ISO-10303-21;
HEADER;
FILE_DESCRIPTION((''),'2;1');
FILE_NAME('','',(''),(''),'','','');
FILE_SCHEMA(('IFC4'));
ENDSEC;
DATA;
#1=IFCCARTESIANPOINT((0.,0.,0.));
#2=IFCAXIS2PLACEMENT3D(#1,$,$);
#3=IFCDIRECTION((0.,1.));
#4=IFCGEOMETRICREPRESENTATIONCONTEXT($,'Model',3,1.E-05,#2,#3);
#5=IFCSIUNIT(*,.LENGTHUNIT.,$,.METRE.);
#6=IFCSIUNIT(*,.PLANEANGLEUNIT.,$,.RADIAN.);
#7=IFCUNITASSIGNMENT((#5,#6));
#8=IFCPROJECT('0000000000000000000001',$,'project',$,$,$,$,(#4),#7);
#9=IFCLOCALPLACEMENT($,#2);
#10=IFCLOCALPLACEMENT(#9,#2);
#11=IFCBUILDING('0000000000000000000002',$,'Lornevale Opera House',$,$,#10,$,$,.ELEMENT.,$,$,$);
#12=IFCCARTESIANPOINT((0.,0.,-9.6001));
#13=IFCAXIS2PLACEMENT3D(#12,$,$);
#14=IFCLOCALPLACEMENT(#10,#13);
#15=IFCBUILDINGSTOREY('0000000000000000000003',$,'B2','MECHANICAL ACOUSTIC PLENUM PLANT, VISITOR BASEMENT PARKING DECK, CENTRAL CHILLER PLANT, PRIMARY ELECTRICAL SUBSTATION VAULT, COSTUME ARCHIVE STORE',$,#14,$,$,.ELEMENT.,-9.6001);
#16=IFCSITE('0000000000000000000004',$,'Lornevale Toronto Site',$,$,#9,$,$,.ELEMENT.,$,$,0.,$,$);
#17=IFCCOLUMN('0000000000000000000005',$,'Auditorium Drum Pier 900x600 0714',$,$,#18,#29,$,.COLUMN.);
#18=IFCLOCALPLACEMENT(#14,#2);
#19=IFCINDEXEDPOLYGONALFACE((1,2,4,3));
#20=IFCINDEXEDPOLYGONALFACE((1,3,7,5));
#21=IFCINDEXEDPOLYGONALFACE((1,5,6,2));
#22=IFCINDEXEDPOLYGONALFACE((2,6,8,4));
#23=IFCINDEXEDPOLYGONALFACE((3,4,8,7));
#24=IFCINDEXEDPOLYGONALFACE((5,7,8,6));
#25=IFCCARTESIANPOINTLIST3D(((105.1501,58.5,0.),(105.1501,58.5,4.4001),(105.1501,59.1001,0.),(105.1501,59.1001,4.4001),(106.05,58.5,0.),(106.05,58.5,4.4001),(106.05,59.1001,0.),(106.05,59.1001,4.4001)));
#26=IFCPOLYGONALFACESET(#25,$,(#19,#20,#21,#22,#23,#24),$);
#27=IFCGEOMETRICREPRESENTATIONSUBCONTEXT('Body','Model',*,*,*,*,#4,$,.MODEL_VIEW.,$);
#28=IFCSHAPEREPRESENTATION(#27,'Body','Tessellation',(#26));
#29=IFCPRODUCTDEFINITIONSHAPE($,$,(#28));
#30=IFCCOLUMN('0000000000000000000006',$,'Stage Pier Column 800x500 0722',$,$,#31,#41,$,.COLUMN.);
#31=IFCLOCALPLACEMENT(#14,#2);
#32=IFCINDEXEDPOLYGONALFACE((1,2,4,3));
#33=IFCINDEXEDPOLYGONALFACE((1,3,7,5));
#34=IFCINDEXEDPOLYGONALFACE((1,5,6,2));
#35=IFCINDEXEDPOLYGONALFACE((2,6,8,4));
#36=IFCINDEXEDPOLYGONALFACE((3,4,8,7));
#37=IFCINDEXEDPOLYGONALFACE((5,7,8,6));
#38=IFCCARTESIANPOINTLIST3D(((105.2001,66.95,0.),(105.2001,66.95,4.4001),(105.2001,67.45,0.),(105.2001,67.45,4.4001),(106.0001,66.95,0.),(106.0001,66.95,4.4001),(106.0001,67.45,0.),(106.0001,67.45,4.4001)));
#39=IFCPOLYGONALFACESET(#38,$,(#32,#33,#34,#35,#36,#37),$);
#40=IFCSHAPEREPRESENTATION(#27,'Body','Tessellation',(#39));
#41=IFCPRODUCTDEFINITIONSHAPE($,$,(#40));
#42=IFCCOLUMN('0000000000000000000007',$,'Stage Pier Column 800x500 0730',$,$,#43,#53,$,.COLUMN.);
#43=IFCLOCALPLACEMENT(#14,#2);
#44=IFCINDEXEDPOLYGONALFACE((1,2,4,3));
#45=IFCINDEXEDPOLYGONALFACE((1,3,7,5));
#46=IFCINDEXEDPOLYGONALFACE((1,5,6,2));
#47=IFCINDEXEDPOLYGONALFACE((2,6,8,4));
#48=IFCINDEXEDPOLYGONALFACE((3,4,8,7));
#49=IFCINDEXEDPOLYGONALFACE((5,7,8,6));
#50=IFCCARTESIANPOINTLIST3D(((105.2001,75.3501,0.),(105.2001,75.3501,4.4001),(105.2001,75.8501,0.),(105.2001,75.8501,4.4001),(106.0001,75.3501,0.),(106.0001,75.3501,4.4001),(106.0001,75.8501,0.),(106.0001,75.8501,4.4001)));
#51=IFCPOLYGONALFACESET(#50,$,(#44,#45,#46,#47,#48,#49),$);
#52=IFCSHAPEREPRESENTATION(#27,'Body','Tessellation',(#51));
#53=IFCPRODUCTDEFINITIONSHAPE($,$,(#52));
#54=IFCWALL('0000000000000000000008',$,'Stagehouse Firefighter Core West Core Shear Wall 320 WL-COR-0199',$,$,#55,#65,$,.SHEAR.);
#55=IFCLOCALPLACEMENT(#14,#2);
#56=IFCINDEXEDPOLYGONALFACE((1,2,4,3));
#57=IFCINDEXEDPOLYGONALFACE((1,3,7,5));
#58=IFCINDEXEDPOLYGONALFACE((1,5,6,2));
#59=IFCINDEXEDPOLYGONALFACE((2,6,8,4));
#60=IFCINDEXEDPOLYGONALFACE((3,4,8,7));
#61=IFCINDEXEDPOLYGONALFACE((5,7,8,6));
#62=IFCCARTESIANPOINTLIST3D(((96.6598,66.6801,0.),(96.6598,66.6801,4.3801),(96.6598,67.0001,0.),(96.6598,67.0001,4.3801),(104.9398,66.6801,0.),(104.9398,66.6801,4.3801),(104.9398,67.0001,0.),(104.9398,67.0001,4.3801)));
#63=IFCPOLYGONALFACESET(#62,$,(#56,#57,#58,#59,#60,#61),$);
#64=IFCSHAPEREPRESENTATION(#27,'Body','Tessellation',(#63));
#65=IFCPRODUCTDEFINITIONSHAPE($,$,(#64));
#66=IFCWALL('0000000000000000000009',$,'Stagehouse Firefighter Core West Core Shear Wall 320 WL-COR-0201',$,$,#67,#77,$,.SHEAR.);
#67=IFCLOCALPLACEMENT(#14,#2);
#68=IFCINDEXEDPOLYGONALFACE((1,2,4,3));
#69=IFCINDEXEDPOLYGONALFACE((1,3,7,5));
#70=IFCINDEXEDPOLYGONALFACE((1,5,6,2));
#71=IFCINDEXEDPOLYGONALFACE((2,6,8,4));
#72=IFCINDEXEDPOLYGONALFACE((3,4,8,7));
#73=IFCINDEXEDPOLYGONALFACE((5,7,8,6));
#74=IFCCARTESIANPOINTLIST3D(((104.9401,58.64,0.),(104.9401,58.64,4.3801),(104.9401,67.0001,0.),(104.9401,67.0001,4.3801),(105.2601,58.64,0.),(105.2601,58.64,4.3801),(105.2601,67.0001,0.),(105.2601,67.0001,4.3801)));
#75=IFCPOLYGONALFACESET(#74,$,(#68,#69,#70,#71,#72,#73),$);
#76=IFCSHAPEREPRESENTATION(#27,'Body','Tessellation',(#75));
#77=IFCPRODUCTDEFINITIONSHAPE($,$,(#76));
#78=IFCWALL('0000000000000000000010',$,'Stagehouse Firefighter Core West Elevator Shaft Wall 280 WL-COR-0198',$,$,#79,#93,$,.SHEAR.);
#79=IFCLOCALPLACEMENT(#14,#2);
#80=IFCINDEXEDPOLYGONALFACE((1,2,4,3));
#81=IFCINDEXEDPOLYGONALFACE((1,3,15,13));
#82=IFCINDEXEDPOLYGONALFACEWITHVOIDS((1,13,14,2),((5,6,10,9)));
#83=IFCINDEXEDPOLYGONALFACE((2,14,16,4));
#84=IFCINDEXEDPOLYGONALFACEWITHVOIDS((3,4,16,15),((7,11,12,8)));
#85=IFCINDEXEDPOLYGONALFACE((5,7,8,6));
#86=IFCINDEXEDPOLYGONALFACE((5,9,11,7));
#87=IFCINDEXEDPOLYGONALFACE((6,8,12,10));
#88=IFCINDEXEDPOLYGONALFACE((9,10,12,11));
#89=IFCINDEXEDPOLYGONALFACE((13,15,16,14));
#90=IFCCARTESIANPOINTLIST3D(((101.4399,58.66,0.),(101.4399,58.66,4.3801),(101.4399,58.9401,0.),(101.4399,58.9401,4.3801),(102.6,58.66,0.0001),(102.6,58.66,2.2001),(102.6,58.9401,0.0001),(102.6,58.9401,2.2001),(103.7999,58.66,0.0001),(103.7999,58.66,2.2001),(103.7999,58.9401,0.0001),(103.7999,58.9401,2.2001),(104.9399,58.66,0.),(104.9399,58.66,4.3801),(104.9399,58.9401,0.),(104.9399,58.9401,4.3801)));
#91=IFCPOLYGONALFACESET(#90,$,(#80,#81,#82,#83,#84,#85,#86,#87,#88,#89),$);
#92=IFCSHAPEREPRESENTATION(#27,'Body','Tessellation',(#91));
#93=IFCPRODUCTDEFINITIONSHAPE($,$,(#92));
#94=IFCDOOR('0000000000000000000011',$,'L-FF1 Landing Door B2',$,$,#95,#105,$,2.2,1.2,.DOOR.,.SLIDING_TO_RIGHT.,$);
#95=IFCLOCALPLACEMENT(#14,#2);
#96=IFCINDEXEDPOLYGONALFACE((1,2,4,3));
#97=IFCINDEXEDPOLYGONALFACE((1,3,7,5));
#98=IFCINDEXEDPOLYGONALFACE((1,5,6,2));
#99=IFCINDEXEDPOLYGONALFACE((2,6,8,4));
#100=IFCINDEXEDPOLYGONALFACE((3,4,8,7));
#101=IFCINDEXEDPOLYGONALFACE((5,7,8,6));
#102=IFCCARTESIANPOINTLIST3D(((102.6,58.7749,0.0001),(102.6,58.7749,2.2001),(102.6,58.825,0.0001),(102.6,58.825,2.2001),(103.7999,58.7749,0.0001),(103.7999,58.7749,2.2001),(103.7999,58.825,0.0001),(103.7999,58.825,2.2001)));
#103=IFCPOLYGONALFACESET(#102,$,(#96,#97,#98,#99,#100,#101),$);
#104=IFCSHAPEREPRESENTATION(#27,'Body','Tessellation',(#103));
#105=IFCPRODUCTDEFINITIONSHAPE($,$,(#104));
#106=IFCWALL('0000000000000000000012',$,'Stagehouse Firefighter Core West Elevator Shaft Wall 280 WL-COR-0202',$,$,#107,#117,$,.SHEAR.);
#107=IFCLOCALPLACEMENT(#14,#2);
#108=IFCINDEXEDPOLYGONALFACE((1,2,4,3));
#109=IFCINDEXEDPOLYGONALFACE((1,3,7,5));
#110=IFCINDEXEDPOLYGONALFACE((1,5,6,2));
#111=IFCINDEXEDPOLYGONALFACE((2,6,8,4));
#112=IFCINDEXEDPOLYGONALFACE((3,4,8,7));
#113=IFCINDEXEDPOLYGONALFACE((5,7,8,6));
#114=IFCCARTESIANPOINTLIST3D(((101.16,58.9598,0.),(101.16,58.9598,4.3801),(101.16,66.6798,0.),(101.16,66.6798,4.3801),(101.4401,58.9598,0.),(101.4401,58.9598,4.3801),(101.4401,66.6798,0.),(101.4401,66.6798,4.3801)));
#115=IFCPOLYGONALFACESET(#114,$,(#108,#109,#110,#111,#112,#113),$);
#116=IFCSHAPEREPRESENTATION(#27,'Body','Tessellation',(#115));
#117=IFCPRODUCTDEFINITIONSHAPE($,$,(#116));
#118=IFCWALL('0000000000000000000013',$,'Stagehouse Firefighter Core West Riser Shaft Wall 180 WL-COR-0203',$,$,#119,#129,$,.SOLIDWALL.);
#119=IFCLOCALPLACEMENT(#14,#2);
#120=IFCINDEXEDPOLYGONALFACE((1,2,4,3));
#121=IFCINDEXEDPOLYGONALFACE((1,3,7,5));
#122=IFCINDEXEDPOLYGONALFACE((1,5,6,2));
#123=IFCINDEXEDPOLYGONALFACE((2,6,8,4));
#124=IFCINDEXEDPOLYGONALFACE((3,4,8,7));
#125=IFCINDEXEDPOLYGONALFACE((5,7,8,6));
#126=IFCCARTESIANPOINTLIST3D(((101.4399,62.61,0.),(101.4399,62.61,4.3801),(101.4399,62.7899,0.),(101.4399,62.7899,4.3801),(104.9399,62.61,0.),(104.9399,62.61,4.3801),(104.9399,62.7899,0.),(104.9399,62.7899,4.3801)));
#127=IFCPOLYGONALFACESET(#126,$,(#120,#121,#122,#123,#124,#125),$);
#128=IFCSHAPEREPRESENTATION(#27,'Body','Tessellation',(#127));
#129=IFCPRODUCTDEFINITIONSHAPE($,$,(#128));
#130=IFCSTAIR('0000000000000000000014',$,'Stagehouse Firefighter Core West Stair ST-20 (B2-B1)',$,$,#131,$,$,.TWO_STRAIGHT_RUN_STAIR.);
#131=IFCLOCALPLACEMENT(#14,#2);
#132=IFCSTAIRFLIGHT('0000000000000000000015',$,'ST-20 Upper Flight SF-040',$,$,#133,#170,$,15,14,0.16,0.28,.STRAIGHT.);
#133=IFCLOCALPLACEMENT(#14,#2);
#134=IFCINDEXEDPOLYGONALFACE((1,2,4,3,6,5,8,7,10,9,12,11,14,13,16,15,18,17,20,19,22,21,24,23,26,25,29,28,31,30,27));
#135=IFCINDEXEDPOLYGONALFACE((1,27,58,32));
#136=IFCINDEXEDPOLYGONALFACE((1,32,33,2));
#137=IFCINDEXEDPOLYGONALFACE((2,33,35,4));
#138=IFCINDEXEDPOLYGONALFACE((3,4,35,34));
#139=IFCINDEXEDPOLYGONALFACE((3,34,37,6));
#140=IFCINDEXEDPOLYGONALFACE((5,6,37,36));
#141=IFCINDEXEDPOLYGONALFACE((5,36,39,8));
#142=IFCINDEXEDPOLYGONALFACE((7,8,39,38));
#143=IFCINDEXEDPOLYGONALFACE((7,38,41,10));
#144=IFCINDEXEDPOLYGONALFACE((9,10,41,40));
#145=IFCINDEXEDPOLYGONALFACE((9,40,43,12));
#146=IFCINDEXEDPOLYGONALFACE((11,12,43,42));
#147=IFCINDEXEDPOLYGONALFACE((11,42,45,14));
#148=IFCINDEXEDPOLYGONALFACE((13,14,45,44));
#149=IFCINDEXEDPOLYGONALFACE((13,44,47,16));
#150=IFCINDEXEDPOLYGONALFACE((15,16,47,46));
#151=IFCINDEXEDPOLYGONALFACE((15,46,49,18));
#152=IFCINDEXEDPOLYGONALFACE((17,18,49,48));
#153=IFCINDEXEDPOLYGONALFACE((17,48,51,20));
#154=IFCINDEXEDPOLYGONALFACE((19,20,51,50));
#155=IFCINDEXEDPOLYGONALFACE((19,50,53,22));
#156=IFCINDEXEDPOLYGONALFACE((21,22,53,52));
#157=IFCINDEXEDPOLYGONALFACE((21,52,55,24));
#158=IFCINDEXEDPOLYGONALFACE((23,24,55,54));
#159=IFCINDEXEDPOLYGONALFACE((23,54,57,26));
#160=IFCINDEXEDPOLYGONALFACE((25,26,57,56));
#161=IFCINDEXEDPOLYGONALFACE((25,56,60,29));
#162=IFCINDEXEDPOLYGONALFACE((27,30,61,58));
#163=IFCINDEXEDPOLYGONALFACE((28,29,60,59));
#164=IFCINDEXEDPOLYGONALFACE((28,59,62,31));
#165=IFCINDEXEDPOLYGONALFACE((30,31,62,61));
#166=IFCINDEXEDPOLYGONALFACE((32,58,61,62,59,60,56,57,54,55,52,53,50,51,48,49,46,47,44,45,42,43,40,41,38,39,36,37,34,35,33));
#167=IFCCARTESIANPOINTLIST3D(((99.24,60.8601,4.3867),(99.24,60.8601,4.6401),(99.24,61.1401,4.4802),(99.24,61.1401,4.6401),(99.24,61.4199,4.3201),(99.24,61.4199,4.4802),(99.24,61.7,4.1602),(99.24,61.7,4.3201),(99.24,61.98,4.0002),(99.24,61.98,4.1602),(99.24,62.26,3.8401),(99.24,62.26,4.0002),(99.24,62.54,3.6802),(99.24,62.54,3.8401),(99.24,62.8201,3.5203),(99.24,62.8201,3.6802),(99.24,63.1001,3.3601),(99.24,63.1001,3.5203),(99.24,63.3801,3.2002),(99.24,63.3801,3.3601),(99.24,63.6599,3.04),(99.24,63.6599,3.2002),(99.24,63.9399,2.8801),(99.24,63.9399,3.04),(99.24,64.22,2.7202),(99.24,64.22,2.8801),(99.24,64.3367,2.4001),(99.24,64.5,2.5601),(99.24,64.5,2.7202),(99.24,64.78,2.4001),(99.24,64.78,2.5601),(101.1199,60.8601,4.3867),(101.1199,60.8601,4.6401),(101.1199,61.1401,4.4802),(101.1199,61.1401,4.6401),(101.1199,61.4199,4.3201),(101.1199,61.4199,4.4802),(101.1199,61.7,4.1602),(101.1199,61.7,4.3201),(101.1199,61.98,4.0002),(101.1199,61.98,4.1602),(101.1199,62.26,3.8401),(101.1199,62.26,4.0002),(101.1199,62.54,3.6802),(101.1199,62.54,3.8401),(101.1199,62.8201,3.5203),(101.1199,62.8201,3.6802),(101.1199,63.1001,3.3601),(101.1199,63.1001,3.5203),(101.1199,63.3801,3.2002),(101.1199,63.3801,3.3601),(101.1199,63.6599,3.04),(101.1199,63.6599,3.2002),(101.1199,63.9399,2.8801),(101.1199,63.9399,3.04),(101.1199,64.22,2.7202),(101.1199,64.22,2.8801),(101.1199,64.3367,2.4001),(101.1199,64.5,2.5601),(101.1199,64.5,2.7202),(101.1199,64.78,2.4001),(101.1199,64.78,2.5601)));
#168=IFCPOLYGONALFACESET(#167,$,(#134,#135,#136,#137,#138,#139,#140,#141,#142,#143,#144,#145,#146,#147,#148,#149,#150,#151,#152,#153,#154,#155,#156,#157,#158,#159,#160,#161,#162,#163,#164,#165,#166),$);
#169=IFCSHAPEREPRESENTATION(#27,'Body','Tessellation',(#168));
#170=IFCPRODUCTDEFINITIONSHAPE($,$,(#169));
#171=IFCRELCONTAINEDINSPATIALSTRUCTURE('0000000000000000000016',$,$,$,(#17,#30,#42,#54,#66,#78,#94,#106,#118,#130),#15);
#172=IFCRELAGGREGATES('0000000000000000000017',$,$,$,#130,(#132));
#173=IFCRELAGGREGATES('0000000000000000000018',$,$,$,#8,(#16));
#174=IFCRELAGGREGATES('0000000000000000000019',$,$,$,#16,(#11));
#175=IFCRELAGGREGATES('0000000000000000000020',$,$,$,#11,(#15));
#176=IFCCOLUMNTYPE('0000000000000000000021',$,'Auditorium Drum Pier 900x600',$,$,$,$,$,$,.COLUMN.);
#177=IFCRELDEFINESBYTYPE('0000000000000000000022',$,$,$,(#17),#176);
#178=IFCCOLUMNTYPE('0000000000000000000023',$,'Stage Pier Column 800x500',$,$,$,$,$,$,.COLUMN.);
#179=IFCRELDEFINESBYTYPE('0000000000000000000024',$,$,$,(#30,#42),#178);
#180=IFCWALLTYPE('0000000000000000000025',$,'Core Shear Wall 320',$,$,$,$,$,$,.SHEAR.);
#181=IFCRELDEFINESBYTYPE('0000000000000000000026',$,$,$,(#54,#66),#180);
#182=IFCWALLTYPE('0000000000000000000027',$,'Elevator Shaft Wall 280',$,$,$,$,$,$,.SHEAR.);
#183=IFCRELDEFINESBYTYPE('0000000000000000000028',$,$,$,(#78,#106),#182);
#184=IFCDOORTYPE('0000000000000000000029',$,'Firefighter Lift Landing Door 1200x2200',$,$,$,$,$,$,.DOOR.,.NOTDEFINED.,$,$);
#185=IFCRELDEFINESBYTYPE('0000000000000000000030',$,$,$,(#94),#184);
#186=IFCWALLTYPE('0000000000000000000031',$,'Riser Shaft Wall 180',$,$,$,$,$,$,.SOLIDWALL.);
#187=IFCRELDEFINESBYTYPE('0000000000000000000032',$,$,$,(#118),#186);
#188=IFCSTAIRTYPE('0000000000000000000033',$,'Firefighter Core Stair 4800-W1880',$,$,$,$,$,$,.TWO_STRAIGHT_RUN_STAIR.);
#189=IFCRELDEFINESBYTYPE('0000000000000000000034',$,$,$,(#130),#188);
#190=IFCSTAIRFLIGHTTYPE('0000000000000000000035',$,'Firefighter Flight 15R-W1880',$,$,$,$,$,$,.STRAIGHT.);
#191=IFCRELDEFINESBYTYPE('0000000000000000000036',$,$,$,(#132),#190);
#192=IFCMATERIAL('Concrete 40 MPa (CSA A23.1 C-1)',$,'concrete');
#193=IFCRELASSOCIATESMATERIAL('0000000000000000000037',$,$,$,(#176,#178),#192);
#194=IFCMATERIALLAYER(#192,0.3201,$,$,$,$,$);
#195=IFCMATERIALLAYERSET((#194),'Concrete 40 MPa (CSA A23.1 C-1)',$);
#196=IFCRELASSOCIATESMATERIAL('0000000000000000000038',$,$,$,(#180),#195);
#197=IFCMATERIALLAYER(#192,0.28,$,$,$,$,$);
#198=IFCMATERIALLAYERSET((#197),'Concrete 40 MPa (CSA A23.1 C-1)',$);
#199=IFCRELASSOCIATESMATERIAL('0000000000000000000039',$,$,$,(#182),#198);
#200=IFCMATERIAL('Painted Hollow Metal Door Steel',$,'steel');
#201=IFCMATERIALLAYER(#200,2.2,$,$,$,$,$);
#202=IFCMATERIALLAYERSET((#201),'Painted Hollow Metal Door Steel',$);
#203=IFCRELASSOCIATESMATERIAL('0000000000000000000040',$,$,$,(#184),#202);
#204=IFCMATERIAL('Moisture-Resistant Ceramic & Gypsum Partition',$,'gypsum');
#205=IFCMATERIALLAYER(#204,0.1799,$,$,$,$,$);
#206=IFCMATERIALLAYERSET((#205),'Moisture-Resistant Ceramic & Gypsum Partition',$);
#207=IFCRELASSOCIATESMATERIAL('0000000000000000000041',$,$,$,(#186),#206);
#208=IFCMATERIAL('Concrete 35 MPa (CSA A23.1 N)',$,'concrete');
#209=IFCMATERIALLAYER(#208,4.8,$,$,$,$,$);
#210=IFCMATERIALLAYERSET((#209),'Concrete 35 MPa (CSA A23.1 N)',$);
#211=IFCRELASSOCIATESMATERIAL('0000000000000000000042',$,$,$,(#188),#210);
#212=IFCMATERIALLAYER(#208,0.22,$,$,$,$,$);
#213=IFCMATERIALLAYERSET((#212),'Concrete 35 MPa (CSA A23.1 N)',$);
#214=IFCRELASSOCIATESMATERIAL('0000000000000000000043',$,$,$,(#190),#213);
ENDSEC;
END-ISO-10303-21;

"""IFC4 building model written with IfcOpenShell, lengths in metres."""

from ifc_helpers import new_model, si_unit, direction, frame, frame_2d, origin, origin_2d, place, context, subcontext, project, spatial, polyline, rectangle, outline, extrude, material, layer, layer_set, material_profile, profile_set, type_object, element, fill, aggregate, save


model = new_model("IFC4")

# Units and contexts
model_context = context("Model", 3, precision=1e-05, world=origin(), true_north=direction((0.0, 1.0)))
body_context = subcontext(model_context, "Body", "Model", "MODEL_VIEW")
ifc_project = project(units=[si_unit("LENGTHUNIT", "METRE"), si_unit("PLANEANGLEUNIT", "RADIAN")], contexts=[model_context])

# Site, building, storey
site_placement = place(None, origin())
site = spatial("IfcSite", under=ifc_project, at=site_placement, Name="Lornevale Toronto Site", CompositionType="ELEMENT", RefElevation=0.0)
building_placement = place(site_placement, origin())
building = spatial("IfcBuilding", under=site, at=building_placement, Name="Lornevale Opera House", CompositionType="ELEMENT")
storey_placement = place(building_placement, frame((0.0, 0.0, -9.6001)))
storey = spatial("IfcBuildingStorey", under=building, at=storey_placement, Name="B2", Description="MECHANICAL ACOUSTIC PLENUM PLANT, VISITOR BASEMENT PARKING DECK, CENTRAL CHILLER PLANT, PRIMARY ELECTRICAL SUBSTATION VAULT, COSTUME ARCHIVE STORE", CompositionType="ELEMENT", Elevation=-9.6001)

# Shared definitions
ifc_material_1 = material(Name="Concrete 35 MPa (CSA A23.1 N)", Category="concrete")

# Shared definitions
ifc_material_2 = material(Name="Concrete 40 MPa (CSA A23.1 C-1)", Category="concrete")

# Columns
ifc_material_profile_1 = material_profile(ifc_material_2, rectangle(XDim=0.8999, YDim=0.6001, at=origin_2d()), Name="RC900x600")
ifc_profile_set_1 = profile_set([ifc_material_profile_1], Name="Concrete 40 MPa (CSA A23.1 C-1)")
column_type_1 = type_object("IfcColumnType", Name="Auditorium Drum Pier 900x600", PredefinedType="COLUMN", material=ifc_profile_set_1)
column_placement = place(storey_placement, frame((105.6001, 58.8, 0.0), z_axis=(0.0, 0.0, 1.0), x_axis=(1.0, 0.0, 0.0)))
element("IfcColumn", 1, at=column_placement, inside=storey, type_object=column_type_1, Name="Auditorium Drum Pier 900x600 0714", PredefinedType="COLUMN", context=body_context, shape_type="SweptSolid", body=[
    extrude(rectangle(XDim=0.8999, YDim=0.6001, at=origin_2d()), origin(), (0.0, 0.0, 1.0), 4.4001),
])
ifc_material_profile_2 = material_profile(ifc_material_2, rectangle(XDim=0.8, YDim=0.5, at=origin_2d()), Name="RC800x500")
ifc_profile_set_2 = profile_set([ifc_material_profile_2], Name="Concrete 40 MPa (CSA A23.1 C-1)")
column_type_2 = type_object("IfcColumnType", Name="Stage Pier Column 800x500", PredefinedType="COLUMN", material=ifc_profile_set_2)
for number, where, z_axis, x_axis, name in (
    (2, (105.6001, 67.2, 0.0), (0.0, 0.0, 1.0), (1.0, 0.0, 0.0), "Stage Pier Column 800x500 0722"),
    (3, (105.6001, 75.6001, 0.0), (0.0, 0.0, 1.0), (1.0, 0.0, 0.0), "Stage Pier Column 800x500 0730"),
):
    element("IfcColumn", number, at=place(storey_placement, frame(where, z_axis=z_axis, x_axis=x_axis)), inside=storey, type_object=column_type_2, Name=name, PredefinedType="COLUMN", context=body_context, shape_type="SweptSolid", body=[
        extrude(rectangle(XDim=0.8, YDim=0.5, at=origin_2d()), origin(), (0.0, 0.0, 1.0), 4.4001),
    ])

# Walls
ifc_layer_1 = layer(ifc_material_2, 0.3201)
ifc_layer_set_1 = layer_set([ifc_layer_1], Name="Concrete 40 MPa (CSA A23.1 C-1)")
wall_type_1 = type_object("IfcWallType", Name="Core Shear Wall 320", PredefinedType="SHEAR", material=ifc_layer_set_1)
wall_1_placement = place(storey_placement, frame((104.9399, 66.8401, 0.0), z_axis=(0.0, 0.0, 1.0), x_axis=(-1.0, 0.0, 0.0)))
element("IfcWall", 4, at=wall_1_placement, inside=storey, type_object=wall_type_1, Name="Stagehouse Firefighter Core West Core Shear Wall 320 WL-COR-0199", PredefinedType="SHEAR", context=body_context, shape_type="SweptSolid", body=[
    extrude(rectangle(XDim=8.28, YDim=0.3201, at=frame_2d((4.1401, 0.0))), origin(), (0.0, 0.0, 1.0), 4.3801),
])
wall_2_placement = place(storey_placement, frame((105.1001, 58.6399, 0.0), z_axis=(0.0, 0.0, 1.0), x_axis=(0.0, 1.0, 0.0)))
element("IfcWall", 5, at=wall_2_placement, inside=storey, type_object=wall_type_1, Name="Stagehouse Firefighter Core West Core Shear Wall 320 WL-COR-0201", PredefinedType="SHEAR", context=body_context, shape_type="SweptSolid", body=[
    extrude(rectangle(XDim=8.3601, YDim=0.3201, at=frame_2d((4.1802, 0.0))), origin(), (0.0, 0.0, 1.0), 4.3801),
])

# Wall, opening, door
ifc_layer_2 = layer(ifc_material_2, 0.28)
ifc_layer_set_2 = layer_set([ifc_layer_2], Name="Concrete 40 MPa (CSA A23.1 C-1)")
wall_type_2 = type_object("IfcWallType", Name="Elevator Shaft Wall 280", PredefinedType="SHEAR", material=ifc_layer_set_2)
wall_3_placement = place(storey_placement, frame((101.4399, 58.8, 0.0), z_axis=(0.0, 0.0, 1.0), x_axis=(1.0, 0.0, 0.0)))
wall_3 = element("IfcWall", 6, at=wall_3_placement, inside=storey, type_object=wall_type_2, Name="Stagehouse Firefighter Core West Elevator Shaft Wall 280 WL-COR-0198", PredefinedType="SHEAR", context=body_context, shape_type="SweptSolid", body=[
    extrude(rectangle(XDim=3.5, YDim=0.28, at=frame_2d((1.75, 0.0))), origin(), (0.0, 0.0, 1.0), 4.3801),
])
opening_placement = place(wall_3_placement, frame((1.1599, 0.0, 0.0)))
opening = element("IfcOpeningElement", 7, at=opening_placement, cuts=wall_3, PredefinedType="OPENING", context=body_context, shape_type="SweptSolid", body=[
    extrude(rectangle(XDim=1.2, YDim=2.2, at=frame_2d((0.6001, 1.1001))), frame((0.0, 0.1499, 0.0), z_axis=(0.0, -1.0, 0.0), x_axis=(1.0, 0.0, 0.0)), (0.0, 0.0, 1.0), 0.3),
])
ifc_material_3 = material(Name="Painted Hollow Metal Door Steel", Category="steel")
ifc_layer_3 = layer(ifc_material_3, 2.2)
ifc_layer_set_3 = layer_set([ifc_layer_3], Name="Painted Hollow Metal Door Steel")
door_type = type_object("IfcDoorType", Name="Firefighter Lift Landing Door 1200x2200", OperationType="NOTDEFINED", PredefinedType="DOOR", material=ifc_layer_set_3)
door_placement = place(opening_placement, origin())
door = element("IfcDoor", 8, at=door_placement, inside=storey, type_object=door_type, Name="L-FF1 Landing Door B2", OperationType="SLIDING_TO_RIGHT", OverallHeight=2.2, OverallWidth=1.2, PredefinedType="DOOR", context=body_context, shape_type="SweptSolid", body=[
    extrude(rectangle(XDim=1.2, YDim=2.2, at=frame_2d((0.6001, 1.1001))), frame((0.0, 0.0249, 0.0), z_axis=(0.0, -1.0, 0.0), x_axis=(1.0, 0.0, 0.0)), (0.0, 0.0, 1.0), 0.05),
])
fill(opening, door)

# Walls
wall_4_placement = place(storey_placement, frame((101.3, 58.96, 0.0), z_axis=(0.0, 0.0, 1.0), x_axis=(0.0, 1.0, 0.0)))
element("IfcWall", 9, at=wall_4_placement, inside=storey, type_object=wall_type_2, Name="Stagehouse Firefighter Core West Elevator Shaft Wall 280 WL-COR-0202", PredefinedType="SHEAR", context=body_context, shape_type="SweptSolid", body=[
    extrude(rectangle(XDim=7.72, YDim=0.28, at=frame_2d((3.8599, 0.0))), origin(), (0.0, 0.0, 1.0), 4.3801),
])
ifc_material_4 = material(Name="Moisture-Resistant Ceramic & Gypsum Partition", Category="gypsum")
ifc_layer_4 = layer(ifc_material_4, 0.1799)
ifc_layer_set_4 = layer_set([ifc_layer_4], Name="Moisture-Resistant Ceramic & Gypsum Partition")
wall_type_3 = type_object("IfcWallType", Name="Riser Shaft Wall 180", PredefinedType="SOLIDWALL", material=ifc_layer_set_4)
wall_5_placement = place(storey_placement, frame((101.4399, 62.7, 0.0), z_axis=(0.0, 0.0, 1.0), x_axis=(1.0, 0.0, 0.0)))
element("IfcWall", 10, at=wall_5_placement, inside=storey, type_object=wall_type_3, Name="Stagehouse Firefighter Core West Riser Shaft Wall 180 WL-COR-0203", PredefinedType="SOLIDWALL", context=body_context, shape_type="SweptSolid", body=[
    extrude(rectangle(XDim=3.5, YDim=0.1799, at=frame_2d((1.75, 0.0))), origin(), (0.0, 0.0, 1.0), 4.3801),
])

# Stair, stair flight
ifc_layer_5 = layer(ifc_material_1, 4.8)
ifc_layer_set_5 = layer_set([ifc_layer_5], Name="Concrete 35 MPa (CSA A23.1 N)")
stair_type = type_object("IfcStairType", Name="Firefighter Core Stair 4800-W1880", PredefinedType="TWO_STRAIGHT_RUN_STAIR", material=ifc_layer_set_5)
stair_placement = place(storey_placement, origin())
stair = element("IfcStair", 11, at=stair_placement, inside=storey, type_object=stair_type, Name="Stagehouse Firefighter Core West Stair ST-20 (B2-B1)", PredefinedType="TWO_STRAIGHT_RUN_STAIR")
ifc_layer_6 = layer(ifc_material_1, 0.22)
ifc_layer_set_6 = layer_set([ifc_layer_6], Name="Concrete 35 MPa (CSA A23.1 N)")
stair_flight_type = type_object("IfcStairFlightType", Name="Firefighter Flight 15R-W1880", PredefinedType="STRAIGHT", material=ifc_layer_set_6)
stair_flight_placement = place(storey_placement, frame((100.1799, 64.78, 2.4001), z_axis=(0.0, 0.0, 1.0), x_axis=(0.0, -1.0, 0.0)))
stair_flight = element("IfcStairFlight", 12, at=stair_flight_placement, type_object=stair_flight_type, Name="ST-20 Upper Flight SF-040", NumberOfRisers=15, NumberOfTreads=14, PredefinedType="STRAIGHT", RiserHeight=0.16, TreadLength=0.28, context=body_context, shape_type="SweptSolid", body=[
    extrude(outline(polyline([(0.0, 0.0), (0.0, 0.1599), (0.28, 0.1599), (0.28, 0.3201), (0.5601, 0.3201), (0.5601, 0.48), (0.8401, 0.48), (0.8401, 0.6399), (1.1201, 0.6399), (1.1201, 0.8), (1.3999, 0.8), (1.3999, 0.96), (1.6799, 0.96), (1.6799, 1.1201), (1.96, 1.1201), (1.96, 1.28), (2.24, 1.28), (2.24, 1.4399), (2.52, 1.4399), (2.52, 1.6001), (2.8, 1.6001), (2.8, 1.76), (3.0801, 1.76), (3.0801, 1.9199), (3.3601, 1.9199), (3.3601, 2.0801), (3.6399, 2.0801), (3.6399, 2.24), (3.9199, 2.24), (3.9199, 1.9866), (0.4434, 0.0), (0.0, 0.0)])), frame((0.0, 0.9399, 0.0), z_axis=(0.0, -1.0, 0.0), x_axis=(1.0, 0.0, 0.0)), (0.0, 0.0, 1.0), 1.8799),
])
aggregate(stair, [stair_flight])

save(model, "model.ifc")
